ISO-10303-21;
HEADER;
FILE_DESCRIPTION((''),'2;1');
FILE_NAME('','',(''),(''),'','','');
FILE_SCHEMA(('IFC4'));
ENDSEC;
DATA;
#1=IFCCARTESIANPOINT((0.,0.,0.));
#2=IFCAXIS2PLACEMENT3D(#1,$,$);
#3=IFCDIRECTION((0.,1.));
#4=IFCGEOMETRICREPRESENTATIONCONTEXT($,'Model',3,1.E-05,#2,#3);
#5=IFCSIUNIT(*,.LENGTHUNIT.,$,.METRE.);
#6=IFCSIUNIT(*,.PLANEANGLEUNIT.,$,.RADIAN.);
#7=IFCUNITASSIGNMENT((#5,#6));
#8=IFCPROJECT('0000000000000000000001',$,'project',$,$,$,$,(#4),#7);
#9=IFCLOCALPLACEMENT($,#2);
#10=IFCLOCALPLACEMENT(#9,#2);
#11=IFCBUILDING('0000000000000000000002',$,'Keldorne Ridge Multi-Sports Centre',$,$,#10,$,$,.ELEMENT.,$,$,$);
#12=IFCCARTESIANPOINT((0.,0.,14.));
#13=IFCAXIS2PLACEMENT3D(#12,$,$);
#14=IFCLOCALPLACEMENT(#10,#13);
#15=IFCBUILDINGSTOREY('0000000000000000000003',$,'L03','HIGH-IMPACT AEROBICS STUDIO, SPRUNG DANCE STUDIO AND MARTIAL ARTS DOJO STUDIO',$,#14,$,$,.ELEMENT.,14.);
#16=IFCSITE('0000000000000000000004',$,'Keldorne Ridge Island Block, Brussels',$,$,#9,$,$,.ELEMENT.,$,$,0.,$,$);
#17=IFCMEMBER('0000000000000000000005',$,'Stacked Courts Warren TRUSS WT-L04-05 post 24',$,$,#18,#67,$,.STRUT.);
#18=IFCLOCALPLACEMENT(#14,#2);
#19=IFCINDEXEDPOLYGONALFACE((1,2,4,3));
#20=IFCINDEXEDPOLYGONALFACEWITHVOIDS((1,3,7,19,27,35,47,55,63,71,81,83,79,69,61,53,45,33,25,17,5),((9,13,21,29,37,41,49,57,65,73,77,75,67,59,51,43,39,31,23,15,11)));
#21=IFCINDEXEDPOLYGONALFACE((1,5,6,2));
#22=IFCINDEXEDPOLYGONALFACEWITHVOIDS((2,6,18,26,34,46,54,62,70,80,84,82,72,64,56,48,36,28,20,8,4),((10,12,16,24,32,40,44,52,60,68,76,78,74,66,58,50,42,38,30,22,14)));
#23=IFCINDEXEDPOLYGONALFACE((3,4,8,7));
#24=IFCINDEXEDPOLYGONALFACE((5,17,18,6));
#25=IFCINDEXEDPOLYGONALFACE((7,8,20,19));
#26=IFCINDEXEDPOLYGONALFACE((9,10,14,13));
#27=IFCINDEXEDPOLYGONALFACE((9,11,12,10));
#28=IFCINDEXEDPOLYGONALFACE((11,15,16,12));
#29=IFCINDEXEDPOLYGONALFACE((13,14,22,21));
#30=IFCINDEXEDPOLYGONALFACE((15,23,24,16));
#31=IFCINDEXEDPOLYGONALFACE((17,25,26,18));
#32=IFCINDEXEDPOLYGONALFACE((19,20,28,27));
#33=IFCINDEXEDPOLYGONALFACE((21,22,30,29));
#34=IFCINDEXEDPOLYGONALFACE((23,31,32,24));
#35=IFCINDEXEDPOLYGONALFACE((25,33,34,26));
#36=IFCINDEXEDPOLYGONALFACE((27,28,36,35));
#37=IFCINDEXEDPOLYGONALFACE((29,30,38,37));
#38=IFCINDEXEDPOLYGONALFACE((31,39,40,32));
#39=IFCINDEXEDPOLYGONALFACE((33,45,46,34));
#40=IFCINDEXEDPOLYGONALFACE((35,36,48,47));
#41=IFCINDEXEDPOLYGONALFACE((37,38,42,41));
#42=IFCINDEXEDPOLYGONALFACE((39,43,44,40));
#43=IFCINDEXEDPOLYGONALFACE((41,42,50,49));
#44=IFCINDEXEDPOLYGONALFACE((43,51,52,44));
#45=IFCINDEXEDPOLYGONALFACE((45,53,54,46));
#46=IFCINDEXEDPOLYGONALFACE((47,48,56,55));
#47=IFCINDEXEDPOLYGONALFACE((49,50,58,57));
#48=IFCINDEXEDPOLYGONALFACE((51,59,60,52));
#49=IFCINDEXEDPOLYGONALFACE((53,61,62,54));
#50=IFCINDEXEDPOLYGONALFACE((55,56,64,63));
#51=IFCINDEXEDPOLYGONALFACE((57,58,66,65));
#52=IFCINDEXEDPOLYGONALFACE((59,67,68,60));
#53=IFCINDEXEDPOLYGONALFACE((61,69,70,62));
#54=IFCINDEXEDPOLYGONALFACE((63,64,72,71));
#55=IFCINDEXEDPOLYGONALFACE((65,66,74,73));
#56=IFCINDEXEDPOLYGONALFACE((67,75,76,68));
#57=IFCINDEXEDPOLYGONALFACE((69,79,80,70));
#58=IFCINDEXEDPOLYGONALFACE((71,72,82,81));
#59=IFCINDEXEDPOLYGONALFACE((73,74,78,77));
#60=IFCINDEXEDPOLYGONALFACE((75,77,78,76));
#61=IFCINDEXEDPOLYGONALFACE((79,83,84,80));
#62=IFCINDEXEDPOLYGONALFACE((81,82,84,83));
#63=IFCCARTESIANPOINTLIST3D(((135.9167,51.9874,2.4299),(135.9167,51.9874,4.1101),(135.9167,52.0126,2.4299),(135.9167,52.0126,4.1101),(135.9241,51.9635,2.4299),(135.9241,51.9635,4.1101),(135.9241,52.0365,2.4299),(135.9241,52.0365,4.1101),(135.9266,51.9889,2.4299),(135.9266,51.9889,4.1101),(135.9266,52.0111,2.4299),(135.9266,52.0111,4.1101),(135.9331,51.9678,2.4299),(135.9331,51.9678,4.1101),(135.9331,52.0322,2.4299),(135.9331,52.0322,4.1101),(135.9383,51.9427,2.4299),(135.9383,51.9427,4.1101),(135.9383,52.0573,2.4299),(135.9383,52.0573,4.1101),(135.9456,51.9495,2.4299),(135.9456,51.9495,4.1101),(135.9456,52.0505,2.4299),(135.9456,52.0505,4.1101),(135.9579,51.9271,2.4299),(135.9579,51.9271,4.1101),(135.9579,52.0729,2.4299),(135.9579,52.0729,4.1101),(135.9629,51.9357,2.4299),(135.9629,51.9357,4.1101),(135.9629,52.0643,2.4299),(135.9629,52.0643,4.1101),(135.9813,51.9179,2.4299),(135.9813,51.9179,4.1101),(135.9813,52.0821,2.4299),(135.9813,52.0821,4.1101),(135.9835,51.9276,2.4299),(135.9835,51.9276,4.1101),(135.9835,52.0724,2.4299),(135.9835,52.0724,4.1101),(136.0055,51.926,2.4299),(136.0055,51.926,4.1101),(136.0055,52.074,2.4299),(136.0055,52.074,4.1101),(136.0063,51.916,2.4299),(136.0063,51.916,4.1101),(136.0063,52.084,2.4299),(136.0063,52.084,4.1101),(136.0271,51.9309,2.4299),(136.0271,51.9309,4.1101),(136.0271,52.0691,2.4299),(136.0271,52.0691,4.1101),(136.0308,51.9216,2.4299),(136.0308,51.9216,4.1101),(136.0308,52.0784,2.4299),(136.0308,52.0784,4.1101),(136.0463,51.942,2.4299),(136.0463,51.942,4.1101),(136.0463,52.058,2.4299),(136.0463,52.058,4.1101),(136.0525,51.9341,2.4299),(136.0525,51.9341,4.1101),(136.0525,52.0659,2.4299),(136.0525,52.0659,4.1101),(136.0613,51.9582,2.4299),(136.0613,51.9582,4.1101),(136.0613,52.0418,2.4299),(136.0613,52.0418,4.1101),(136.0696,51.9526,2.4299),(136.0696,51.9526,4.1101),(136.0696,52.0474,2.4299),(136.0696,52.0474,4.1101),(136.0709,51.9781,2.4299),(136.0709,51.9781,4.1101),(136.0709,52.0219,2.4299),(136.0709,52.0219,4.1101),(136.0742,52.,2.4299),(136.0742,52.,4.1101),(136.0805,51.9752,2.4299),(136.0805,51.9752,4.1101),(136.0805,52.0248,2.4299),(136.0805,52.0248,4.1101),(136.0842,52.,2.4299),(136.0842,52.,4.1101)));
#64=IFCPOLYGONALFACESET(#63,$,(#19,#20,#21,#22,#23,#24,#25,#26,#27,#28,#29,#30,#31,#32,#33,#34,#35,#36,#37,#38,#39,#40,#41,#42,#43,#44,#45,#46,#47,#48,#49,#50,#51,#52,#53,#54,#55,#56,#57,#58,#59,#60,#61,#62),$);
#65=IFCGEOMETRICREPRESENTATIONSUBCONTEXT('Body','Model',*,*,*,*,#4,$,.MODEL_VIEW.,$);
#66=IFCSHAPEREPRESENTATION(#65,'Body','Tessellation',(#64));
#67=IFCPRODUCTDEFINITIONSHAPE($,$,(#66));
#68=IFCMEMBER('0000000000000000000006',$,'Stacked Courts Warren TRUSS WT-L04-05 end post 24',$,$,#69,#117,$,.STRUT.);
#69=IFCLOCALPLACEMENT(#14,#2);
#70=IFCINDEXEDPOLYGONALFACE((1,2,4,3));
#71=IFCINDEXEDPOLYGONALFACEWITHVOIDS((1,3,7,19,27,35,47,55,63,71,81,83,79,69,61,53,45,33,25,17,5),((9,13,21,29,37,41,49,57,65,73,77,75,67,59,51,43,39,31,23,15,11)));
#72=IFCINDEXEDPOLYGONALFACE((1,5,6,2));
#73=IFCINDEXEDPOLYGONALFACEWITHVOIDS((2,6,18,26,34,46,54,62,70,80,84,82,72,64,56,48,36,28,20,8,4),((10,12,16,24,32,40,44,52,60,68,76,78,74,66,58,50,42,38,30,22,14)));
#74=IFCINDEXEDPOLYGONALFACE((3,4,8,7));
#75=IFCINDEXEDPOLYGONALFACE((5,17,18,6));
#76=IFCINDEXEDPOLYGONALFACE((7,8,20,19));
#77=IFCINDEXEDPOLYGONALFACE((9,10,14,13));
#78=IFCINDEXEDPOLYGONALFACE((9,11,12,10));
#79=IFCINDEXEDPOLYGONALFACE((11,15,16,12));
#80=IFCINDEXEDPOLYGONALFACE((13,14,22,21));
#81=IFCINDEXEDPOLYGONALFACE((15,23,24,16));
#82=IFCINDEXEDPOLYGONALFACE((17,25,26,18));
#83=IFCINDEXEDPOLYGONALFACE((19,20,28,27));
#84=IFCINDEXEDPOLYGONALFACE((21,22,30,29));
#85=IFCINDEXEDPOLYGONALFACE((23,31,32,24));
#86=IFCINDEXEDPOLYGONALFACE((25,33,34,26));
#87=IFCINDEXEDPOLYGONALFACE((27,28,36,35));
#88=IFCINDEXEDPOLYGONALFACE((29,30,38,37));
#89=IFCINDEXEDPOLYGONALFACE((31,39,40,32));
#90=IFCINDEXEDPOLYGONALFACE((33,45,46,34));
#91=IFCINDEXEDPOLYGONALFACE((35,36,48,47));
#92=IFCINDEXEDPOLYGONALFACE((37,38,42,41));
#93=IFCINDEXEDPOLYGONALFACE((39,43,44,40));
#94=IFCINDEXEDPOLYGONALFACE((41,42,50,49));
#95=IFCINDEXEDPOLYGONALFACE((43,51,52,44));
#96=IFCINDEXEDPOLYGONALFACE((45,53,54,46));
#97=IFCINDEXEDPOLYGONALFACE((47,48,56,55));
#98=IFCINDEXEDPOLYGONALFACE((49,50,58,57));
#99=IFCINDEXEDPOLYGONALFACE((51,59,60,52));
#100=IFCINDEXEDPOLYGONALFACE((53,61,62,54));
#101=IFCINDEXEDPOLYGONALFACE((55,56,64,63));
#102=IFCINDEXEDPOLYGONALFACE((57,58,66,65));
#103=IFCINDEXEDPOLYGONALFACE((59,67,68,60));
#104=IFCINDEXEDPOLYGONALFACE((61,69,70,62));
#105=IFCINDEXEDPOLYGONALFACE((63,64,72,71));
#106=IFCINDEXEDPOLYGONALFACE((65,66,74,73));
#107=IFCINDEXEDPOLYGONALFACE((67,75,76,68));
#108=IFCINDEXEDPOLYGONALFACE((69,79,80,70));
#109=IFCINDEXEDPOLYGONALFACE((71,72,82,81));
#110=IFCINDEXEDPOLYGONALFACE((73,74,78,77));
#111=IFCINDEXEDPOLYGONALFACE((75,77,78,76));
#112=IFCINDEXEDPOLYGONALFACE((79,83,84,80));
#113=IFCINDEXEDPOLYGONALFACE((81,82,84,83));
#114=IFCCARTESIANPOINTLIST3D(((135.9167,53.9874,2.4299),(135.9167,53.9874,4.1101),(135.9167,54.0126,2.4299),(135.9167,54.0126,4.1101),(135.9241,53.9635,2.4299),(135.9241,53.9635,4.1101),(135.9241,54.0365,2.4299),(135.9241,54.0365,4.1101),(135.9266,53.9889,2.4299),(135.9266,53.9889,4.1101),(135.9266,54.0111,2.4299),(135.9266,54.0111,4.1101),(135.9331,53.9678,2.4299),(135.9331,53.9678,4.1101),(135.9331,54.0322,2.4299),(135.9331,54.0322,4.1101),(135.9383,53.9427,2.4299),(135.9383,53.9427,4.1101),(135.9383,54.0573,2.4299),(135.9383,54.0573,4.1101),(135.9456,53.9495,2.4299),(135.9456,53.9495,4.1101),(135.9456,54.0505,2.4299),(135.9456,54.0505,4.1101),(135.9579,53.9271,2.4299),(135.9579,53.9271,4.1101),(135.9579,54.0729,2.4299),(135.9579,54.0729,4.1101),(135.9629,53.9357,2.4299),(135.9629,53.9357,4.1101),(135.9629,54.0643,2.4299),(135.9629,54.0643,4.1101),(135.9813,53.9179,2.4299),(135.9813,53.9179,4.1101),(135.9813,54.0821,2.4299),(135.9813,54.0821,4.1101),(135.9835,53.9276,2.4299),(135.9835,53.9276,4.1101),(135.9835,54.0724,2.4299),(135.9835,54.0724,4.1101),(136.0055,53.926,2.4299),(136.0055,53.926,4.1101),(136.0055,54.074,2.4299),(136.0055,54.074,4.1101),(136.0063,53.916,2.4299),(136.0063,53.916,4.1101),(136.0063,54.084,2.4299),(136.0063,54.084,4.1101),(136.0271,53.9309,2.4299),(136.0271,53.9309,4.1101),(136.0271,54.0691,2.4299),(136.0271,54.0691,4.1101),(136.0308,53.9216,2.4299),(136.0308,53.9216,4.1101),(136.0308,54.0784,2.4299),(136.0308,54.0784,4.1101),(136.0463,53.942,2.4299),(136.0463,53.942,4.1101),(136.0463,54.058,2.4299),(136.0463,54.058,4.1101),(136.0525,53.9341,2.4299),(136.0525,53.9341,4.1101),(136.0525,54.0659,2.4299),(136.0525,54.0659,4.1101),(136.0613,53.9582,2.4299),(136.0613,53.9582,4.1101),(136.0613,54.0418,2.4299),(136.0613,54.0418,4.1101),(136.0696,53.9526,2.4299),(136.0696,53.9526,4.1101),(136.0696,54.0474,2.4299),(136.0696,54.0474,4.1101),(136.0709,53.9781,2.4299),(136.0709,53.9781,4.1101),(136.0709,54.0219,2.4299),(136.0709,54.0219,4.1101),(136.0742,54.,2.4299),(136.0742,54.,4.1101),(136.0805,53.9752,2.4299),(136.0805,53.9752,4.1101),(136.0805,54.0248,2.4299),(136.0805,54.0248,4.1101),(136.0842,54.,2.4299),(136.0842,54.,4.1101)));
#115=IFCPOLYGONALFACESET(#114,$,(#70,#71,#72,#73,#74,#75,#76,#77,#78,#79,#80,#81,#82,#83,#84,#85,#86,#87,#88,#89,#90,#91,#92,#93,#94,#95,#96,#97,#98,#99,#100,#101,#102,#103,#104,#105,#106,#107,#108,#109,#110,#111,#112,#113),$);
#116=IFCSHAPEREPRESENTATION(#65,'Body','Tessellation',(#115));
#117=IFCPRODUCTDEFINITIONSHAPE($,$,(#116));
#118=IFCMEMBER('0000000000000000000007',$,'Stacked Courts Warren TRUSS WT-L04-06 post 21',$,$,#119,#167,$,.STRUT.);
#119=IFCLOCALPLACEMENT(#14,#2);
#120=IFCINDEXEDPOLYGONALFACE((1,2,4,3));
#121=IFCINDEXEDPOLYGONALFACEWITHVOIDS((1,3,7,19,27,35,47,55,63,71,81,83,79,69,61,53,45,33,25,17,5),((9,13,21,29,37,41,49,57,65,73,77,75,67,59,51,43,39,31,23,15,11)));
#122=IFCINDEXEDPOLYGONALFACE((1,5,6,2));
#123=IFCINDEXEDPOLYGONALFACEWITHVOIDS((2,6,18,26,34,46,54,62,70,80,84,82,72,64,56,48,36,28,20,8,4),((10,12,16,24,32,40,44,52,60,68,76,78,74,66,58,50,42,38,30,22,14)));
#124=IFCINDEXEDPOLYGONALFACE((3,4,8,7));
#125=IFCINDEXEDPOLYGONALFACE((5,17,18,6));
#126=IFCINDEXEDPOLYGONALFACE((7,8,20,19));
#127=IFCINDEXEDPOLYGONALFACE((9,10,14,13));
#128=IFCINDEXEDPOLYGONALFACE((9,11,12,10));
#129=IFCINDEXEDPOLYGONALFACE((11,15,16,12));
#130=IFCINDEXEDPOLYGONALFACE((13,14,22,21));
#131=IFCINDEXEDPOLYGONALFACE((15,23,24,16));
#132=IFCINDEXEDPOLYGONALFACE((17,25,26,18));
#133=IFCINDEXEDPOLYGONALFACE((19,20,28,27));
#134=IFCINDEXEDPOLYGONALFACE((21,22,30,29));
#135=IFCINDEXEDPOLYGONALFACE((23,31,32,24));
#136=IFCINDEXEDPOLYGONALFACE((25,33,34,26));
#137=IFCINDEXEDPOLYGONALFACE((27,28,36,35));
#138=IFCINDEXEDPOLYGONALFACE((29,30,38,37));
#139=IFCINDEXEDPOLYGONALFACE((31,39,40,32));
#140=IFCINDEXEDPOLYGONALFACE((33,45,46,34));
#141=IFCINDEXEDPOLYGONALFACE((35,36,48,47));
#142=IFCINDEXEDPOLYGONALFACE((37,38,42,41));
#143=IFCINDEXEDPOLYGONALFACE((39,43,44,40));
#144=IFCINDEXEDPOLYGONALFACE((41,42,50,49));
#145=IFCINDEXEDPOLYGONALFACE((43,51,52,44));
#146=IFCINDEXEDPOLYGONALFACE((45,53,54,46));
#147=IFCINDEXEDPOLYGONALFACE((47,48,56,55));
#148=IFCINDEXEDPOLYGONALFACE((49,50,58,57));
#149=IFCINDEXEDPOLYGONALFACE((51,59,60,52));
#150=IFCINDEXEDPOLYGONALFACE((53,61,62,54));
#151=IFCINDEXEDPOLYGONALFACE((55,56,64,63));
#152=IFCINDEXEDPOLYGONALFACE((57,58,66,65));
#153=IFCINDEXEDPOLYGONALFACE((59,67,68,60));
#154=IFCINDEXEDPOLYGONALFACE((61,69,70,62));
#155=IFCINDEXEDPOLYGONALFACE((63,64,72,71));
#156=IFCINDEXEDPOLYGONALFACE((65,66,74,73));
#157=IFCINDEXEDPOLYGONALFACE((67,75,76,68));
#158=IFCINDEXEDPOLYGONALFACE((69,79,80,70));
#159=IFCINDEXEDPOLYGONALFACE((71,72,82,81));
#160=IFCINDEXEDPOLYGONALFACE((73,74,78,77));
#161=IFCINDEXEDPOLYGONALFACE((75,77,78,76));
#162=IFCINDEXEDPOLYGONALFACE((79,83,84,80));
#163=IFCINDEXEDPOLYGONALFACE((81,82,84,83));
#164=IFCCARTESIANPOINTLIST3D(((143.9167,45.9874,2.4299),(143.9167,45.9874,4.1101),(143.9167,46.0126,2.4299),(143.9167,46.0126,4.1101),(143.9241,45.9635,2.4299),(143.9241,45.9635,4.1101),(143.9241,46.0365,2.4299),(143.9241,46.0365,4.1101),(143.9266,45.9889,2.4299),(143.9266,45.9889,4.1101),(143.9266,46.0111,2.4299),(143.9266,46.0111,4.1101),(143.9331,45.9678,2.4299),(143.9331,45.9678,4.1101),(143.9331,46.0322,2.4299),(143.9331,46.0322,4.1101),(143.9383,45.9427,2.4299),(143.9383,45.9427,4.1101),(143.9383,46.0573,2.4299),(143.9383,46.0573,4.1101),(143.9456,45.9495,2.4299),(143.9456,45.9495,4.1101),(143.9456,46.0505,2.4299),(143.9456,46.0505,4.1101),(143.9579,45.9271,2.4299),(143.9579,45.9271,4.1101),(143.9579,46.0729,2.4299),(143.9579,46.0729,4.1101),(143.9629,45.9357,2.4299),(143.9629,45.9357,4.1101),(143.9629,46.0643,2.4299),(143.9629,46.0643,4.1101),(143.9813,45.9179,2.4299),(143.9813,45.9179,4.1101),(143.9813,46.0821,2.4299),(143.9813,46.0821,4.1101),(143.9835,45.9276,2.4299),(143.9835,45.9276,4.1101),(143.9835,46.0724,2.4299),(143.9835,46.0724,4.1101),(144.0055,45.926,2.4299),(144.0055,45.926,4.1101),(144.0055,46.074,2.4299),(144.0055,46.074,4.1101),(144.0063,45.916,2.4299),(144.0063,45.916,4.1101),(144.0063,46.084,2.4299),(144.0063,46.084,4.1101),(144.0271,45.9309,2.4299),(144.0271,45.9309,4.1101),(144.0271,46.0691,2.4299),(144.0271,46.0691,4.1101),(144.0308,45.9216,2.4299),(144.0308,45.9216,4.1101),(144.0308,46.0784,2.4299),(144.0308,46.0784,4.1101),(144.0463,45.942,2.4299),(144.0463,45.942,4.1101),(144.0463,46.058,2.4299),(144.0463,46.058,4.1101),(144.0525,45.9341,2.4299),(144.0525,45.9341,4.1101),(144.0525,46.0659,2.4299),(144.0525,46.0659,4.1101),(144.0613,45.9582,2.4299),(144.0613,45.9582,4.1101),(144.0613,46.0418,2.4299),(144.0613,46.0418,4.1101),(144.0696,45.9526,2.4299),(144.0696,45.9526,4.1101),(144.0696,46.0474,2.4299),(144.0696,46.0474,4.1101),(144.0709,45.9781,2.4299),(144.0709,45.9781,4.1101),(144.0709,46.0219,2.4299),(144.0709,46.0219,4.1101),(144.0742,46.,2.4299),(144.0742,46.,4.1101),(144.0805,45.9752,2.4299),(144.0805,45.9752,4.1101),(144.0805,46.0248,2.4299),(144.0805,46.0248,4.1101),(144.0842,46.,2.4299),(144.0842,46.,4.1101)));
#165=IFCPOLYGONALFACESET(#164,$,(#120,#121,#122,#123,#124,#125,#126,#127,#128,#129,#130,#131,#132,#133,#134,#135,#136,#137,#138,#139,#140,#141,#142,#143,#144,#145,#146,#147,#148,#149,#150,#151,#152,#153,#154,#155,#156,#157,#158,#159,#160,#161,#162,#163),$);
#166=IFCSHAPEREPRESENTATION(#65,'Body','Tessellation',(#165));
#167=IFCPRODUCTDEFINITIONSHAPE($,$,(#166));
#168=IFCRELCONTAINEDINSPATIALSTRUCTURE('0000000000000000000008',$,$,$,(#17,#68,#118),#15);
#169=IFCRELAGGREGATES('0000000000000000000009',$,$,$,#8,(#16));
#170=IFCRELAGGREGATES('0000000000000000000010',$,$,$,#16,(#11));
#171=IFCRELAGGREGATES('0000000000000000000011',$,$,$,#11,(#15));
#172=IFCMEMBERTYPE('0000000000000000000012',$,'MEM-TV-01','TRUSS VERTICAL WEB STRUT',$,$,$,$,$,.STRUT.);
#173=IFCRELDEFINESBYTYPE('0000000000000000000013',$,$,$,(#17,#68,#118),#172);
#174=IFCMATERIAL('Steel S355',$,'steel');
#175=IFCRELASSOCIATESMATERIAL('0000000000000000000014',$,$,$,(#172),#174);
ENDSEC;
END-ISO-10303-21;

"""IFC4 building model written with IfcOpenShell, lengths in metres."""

from ifc_helpers import new_model, si_unit, direction, frame, origin, origin_2d, place, context, subcontext, project, spatial, hollow_circle, extrude, material, material_profile, profile_set, type_object, element, save


model = new_model("IFC4")

# Units and contexts
model_context = context("Model", 3, precision=1e-05, world=origin(), true_north=direction((0.0, 1.0)))
body_context = subcontext(model_context, "Body", "Model", "MODEL_VIEW")
ifc_project = project(units=[si_unit("LENGTHUNIT", "METRE"), si_unit("PLANEANGLEUNIT", "RADIAN")], contexts=[model_context])

# Site, building, storey
site_placement = place(None, origin())
site = spatial("IfcSite", under=ifc_project, at=site_placement, Name="Keldorne Ridge Island Block, Brussels", CompositionType="ELEMENT", RefElevation=0.0)
building_placement = place(site_placement, origin())
building = spatial("IfcBuilding", under=site, at=building_placement, Name="Keldorne Ridge Multi-Sports Centre", CompositionType="ELEMENT")
storey_placement = place(building_placement, frame((0.0, 0.0, 14.0)))
storey = spatial("IfcBuildingStorey", under=building, at=storey_placement, Name="L03", Description="HIGH-IMPACT AEROBICS STUDIO, SPRUNG DANCE STUDIO AND MARTIAL ARTS DOJO STUDIO", CompositionType="ELEMENT", Elevation=14.0)

# Shared definitions
ifc_material_1 = material(Name="Steel S355", Category="steel")

# Members
ifc_material_profile_1 = material_profile(ifc_material_1, hollow_circle(Radius=0.0842, WallThickness=0.01, at=origin_2d()), Name="CHS 168.3x10")
ifc_profile_set_1 = profile_set([ifc_material_profile_1], Name="Steel S355")
member_type_1 = type_object("IfcMemberType", Name="MEM-TV-01", Description="TRUSS VERTICAL WEB STRUT", PredefinedType="STRUT", material=ifc_profile_set_1)
for number, where, z_axis, x_axis, name in (
    (1, (136.0, 52.0, 2.4299), (0.0, 0.0, 1.0), (1.0, 0.0, 0.0), "Stacked Courts Warren TRUSS WT-L04-05 post 24"),
    (2, (136.0, 54.0, 2.4299), (0.0, 0.0, 1.0), (1.0, 0.0, 0.0), "Stacked Courts Warren TRUSS WT-L04-05 end post 24"),
    (3, (144.0, 46.0, 2.4299), (0.0, 0.0, 1.0), (1.0, 0.0, 0.0), "Stacked Courts Warren TRUSS WT-L04-06 post 21"),
):
    element("IfcMember", number, at=place(storey_placement, frame(where, z_axis=z_axis, x_axis=x_axis)), inside=storey, type_object=member_type_1, Name=name, PredefinedType="STRUT", context=body_context, shape_type="SweptSolid", body=[
        extrude(hollow_circle(Radius=0.0842, WallThickness=0.01, at=origin_2d()), origin(), (0.0, 0.0, 1.0), 1.6802),
    ])

save(model, "model.ifc")
